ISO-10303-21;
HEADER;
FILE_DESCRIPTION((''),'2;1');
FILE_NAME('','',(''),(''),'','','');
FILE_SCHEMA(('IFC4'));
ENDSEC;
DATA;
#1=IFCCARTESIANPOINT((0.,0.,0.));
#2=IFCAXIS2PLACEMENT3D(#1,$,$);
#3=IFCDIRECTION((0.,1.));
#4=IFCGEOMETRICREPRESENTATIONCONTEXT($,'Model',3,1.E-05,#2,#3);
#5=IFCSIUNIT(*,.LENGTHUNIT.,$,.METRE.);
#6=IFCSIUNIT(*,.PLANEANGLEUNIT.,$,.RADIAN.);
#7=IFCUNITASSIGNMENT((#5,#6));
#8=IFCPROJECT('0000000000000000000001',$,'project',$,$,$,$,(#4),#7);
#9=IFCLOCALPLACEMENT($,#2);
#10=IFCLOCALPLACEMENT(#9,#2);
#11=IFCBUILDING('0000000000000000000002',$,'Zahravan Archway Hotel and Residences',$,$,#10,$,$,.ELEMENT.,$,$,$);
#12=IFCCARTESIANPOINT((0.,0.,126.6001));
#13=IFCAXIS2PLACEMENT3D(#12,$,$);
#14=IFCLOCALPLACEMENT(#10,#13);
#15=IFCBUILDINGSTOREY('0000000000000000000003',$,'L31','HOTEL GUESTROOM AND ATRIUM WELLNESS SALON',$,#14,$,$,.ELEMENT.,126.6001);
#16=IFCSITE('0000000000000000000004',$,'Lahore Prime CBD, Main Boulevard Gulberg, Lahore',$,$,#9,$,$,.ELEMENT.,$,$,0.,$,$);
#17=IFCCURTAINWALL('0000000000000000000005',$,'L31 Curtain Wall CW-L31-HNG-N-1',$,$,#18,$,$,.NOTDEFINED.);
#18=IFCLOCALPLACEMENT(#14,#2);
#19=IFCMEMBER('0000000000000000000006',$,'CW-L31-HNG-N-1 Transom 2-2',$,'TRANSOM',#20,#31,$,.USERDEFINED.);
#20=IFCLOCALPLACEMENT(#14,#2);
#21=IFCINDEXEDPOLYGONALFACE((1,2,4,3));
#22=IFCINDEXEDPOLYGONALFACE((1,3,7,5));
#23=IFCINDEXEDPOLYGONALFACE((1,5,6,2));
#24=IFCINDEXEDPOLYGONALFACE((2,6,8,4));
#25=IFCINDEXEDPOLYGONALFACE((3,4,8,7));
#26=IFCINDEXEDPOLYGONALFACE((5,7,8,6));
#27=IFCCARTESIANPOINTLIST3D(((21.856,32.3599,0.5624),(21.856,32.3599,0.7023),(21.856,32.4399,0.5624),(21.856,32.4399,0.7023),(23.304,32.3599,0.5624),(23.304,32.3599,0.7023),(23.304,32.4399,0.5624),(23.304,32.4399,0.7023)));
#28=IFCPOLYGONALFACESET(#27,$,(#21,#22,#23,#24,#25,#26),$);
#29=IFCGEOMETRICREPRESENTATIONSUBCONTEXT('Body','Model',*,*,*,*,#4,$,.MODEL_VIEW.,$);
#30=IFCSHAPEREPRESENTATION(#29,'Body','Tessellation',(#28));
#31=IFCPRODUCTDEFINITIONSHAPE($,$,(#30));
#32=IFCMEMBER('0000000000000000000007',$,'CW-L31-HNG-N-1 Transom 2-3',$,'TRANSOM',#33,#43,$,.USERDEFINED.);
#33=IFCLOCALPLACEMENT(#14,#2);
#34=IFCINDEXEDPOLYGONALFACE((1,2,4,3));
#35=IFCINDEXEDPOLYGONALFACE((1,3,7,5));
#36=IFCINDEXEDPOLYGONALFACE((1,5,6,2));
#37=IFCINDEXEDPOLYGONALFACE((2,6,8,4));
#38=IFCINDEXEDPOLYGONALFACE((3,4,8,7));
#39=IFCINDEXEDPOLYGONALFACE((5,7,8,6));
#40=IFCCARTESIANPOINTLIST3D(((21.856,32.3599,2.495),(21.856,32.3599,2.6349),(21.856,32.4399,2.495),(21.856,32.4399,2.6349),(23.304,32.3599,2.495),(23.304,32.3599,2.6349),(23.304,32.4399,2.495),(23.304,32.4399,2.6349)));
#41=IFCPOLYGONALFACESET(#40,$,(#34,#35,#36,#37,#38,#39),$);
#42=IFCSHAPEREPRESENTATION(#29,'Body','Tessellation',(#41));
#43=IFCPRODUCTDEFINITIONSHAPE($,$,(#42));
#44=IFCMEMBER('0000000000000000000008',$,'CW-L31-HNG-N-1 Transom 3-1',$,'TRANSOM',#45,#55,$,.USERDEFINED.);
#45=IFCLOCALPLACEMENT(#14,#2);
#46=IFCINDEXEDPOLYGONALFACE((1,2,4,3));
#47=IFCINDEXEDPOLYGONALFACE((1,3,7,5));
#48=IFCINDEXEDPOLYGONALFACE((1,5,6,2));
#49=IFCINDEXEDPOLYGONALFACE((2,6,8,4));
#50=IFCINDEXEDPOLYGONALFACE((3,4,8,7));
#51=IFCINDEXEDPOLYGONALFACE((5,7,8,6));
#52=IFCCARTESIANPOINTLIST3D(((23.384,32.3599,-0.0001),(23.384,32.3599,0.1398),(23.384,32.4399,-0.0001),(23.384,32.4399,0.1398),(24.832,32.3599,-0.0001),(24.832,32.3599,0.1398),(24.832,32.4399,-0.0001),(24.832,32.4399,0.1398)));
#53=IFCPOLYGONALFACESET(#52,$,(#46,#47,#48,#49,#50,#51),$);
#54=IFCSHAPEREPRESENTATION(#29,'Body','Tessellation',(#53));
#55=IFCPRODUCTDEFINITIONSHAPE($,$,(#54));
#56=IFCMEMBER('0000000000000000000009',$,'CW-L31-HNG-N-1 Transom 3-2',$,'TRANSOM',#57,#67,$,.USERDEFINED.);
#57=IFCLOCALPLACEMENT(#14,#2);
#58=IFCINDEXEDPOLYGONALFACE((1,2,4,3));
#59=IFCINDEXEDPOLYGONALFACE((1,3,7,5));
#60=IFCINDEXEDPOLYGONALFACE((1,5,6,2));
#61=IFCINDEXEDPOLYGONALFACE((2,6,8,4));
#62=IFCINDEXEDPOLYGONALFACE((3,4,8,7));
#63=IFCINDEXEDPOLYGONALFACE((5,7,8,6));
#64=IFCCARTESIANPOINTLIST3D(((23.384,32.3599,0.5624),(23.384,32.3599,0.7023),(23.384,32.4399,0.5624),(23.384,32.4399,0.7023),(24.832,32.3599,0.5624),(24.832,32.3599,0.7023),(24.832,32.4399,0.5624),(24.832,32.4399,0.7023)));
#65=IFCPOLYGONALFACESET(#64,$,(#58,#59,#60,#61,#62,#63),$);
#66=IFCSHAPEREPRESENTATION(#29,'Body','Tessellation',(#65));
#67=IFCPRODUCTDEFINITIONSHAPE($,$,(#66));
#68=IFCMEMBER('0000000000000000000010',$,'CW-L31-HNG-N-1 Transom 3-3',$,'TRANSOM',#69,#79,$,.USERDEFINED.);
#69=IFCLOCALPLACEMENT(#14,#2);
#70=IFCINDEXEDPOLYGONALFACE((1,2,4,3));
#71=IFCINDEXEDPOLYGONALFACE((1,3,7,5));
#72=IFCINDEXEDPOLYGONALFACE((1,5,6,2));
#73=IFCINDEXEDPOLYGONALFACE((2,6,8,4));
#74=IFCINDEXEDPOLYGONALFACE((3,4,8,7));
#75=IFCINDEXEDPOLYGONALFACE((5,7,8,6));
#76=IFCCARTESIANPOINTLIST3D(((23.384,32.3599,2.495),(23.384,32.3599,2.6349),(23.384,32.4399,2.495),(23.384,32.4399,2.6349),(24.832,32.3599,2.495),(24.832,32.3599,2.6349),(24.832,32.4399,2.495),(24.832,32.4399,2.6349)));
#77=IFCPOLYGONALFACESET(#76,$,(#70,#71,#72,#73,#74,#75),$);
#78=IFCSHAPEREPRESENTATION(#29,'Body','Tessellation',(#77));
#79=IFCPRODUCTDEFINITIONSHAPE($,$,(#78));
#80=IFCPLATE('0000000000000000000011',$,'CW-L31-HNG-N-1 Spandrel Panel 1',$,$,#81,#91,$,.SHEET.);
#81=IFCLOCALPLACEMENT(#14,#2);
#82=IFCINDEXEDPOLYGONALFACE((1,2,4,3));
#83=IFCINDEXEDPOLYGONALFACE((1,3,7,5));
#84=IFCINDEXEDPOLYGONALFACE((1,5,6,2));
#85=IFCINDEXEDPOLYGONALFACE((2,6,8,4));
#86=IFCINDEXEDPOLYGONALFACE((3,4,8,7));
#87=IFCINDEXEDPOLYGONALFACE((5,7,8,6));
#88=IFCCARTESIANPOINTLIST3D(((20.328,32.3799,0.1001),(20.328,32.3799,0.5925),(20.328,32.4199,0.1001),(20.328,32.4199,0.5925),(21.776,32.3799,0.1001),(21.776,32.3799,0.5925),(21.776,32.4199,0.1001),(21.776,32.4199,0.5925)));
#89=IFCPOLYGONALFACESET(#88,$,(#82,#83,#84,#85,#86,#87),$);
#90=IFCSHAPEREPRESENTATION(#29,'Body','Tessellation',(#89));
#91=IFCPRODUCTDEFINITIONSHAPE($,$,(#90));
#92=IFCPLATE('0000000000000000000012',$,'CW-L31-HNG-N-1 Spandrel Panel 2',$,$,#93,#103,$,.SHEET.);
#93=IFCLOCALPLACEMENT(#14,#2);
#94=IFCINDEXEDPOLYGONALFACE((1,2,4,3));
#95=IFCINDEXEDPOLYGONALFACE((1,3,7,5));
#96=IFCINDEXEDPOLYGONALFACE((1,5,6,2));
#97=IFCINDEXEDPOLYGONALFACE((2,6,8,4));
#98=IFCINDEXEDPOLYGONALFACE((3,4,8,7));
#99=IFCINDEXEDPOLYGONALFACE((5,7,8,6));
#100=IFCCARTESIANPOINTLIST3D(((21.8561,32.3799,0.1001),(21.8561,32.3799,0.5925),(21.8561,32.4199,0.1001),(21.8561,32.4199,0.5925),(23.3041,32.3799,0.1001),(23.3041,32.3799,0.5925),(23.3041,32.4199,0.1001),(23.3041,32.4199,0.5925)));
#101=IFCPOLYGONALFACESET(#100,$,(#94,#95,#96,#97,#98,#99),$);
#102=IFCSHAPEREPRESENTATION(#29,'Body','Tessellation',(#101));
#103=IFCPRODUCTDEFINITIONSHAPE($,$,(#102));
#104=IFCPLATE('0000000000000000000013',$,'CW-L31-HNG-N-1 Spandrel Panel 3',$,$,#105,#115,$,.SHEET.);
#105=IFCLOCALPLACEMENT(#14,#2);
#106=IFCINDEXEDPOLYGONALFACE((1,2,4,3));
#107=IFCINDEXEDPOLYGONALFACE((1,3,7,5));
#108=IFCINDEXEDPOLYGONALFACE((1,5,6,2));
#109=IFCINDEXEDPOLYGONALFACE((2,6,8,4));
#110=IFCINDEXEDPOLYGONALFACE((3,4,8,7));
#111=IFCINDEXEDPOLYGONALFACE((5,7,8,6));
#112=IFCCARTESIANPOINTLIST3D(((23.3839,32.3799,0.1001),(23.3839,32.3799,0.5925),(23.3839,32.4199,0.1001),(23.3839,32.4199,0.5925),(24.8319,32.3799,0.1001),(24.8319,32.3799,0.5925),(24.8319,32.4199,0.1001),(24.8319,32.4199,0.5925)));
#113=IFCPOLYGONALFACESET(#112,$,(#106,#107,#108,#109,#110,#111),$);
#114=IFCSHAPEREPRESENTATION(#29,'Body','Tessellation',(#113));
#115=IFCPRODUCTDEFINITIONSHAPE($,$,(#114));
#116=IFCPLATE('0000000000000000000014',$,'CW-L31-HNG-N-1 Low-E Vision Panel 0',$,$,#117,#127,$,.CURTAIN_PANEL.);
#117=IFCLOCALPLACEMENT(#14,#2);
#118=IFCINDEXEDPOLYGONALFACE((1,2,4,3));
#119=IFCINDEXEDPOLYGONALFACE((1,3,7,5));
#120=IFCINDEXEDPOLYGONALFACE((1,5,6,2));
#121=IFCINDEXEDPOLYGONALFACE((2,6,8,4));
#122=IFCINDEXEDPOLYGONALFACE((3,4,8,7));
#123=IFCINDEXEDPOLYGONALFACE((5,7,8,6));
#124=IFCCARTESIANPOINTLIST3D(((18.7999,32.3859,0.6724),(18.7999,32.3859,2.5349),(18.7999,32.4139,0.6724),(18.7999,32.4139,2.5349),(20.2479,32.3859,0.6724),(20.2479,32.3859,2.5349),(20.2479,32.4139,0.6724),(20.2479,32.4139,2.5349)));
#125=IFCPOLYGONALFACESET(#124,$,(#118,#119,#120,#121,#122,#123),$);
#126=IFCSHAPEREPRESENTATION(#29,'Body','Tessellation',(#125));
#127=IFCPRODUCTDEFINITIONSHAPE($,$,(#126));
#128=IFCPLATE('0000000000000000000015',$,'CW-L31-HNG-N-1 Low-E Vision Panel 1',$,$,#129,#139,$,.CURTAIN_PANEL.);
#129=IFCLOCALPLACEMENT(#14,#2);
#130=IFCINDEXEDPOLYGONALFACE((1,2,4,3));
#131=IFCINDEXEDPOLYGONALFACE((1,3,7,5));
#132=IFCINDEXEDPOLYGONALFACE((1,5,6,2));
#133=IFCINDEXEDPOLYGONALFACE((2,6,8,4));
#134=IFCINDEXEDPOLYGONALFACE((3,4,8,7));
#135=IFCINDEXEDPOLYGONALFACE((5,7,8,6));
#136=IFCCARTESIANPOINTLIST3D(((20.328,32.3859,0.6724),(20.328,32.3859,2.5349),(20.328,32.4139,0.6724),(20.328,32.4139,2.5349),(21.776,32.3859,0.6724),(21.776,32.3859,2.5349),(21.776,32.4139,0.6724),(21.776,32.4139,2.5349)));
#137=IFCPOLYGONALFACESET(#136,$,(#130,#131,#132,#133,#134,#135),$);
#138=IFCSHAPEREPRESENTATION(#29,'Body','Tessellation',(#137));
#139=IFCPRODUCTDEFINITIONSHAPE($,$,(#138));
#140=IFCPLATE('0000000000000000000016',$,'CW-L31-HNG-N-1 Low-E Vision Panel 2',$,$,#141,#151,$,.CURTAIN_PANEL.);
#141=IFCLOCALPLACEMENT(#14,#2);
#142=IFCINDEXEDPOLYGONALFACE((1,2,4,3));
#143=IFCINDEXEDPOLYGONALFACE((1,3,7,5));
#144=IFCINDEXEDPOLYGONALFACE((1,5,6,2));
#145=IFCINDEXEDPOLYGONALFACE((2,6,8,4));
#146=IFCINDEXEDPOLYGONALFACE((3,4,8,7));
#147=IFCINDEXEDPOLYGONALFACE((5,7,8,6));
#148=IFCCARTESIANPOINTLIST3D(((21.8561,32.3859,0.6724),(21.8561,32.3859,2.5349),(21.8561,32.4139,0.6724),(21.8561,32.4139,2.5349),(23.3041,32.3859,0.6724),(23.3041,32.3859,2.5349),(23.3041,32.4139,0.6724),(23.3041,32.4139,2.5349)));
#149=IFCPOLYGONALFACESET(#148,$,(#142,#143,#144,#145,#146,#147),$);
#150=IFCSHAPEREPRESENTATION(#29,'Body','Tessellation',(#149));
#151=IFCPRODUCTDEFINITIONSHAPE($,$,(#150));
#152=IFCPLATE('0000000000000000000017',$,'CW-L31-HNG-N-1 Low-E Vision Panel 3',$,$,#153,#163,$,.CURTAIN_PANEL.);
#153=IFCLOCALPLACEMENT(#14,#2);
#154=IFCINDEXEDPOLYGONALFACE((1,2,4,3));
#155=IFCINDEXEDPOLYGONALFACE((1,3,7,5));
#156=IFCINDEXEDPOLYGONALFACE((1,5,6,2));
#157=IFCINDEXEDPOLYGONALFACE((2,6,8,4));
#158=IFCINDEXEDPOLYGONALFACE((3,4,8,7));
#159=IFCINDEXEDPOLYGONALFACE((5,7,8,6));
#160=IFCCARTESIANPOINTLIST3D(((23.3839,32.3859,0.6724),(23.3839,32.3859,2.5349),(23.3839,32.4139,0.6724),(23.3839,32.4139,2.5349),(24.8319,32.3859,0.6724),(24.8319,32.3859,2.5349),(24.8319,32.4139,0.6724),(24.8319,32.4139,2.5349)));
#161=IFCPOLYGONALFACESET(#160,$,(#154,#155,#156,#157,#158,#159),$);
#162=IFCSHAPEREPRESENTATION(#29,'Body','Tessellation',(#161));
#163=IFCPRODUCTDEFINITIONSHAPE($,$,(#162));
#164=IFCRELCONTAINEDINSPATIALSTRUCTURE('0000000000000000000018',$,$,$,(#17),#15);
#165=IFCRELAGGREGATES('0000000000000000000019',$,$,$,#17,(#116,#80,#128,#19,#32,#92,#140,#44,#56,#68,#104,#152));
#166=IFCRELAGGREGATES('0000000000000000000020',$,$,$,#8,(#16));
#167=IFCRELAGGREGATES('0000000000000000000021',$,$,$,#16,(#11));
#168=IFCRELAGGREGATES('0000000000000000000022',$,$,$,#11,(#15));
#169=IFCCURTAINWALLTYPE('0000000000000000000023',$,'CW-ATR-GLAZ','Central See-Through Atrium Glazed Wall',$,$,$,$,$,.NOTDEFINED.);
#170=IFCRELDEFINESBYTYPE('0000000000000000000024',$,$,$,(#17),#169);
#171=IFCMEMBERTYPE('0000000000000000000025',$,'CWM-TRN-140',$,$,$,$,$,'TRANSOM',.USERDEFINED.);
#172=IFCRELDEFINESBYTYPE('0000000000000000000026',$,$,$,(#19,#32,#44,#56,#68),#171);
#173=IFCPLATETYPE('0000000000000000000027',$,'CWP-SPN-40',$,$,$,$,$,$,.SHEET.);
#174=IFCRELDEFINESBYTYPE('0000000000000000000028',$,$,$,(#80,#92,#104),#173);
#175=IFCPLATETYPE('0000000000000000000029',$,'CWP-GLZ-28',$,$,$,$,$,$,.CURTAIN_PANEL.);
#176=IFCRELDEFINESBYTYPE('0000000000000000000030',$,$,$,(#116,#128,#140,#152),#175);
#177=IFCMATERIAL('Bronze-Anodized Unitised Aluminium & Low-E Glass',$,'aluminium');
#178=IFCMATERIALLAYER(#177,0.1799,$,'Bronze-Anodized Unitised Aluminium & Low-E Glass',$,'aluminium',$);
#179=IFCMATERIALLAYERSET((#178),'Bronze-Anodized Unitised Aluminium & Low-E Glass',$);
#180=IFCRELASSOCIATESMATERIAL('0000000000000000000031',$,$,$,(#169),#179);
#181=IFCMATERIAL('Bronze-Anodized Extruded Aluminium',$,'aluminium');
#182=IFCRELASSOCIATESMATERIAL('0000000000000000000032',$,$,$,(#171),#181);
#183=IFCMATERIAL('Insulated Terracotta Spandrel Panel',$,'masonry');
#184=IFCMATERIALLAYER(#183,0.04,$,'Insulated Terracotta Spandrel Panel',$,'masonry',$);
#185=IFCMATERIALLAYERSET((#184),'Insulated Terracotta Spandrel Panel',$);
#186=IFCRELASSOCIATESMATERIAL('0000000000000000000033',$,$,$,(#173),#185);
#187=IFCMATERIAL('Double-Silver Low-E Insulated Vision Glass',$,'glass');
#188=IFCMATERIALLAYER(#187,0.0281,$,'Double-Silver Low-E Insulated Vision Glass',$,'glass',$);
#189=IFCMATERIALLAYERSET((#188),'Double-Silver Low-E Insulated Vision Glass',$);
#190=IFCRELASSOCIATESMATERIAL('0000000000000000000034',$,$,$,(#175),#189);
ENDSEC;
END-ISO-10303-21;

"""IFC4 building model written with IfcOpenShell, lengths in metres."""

from ifc_helpers import new_model, si_unit, direction, frame, origin, origin_2d, place, context, subcontext, project, spatial, rectangle, extrude, source, transform, mapped, material, layer, layer_set, material_profile, profile_set, type_object, element, aggregate, save


model = new_model("IFC4")

# Units and contexts
model_context = context("Model", 3, precision=1e-05, world=origin(), true_north=direction((0.0, 1.0)))
body_context = subcontext(model_context, "Body", "Model", "MODEL_VIEW")
ifc_project = project(units=[si_unit("LENGTHUNIT", "METRE"), si_unit("PLANEANGLEUNIT", "RADIAN")], contexts=[model_context])

# Site, building, storey
site_placement = place(None, origin())
site = spatial("IfcSite", under=ifc_project, at=site_placement, Name="Lahore Prime CBD, Main Boulevard Gulberg, Lahore", CompositionType="ELEMENT", RefElevation=0.0)
building_placement = place(site_placement, origin())
building = spatial("IfcBuilding", under=site, at=building_placement, Name="Zahravan Archway Hotel and Residences", CompositionType="ELEMENT")
storey_placement = place(building_placement, frame((0.0, 0.0, 126.6001)))
storey = spatial("IfcBuildingStorey", under=building, at=storey_placement, Name="L31", Description="HOTEL GUESTROOM AND ATRIUM WELLNESS SALON", CompositionType="ELEMENT", Elevation=126.6001)

# Curtain wall, members, plates
ifc_material_1 = material(Name="Bronze-Anodized Unitised Aluminium & Low-E Glass", Category="aluminium")
ifc_layer_1 = layer(ifc_material_1, 0.1799, Name="Bronze-Anodized Unitised Aluminium & Low-E Glass", Category="aluminium")
ifc_layer_set_1 = layer_set([ifc_layer_1], Name="Bronze-Anodized Unitised Aluminium & Low-E Glass")
curtain_wall_type = type_object("IfcCurtainWallType", Name="CW-ATR-GLAZ", Description="Central See-Through Atrium Glazed Wall", PredefinedType="NOTDEFINED", material=ifc_layer_set_1)
curtain_wall_placement = place(storey_placement, origin())
curtain_wall = element("IfcCurtainWall", 1, at=curtain_wall_placement, inside=storey, type_object=curtain_wall_type, Name="L31 Curtain Wall CW-L31-HNG-N-1", PredefinedType="NOTDEFINED")
ifc_material_2 = material(Name="Bronze-Anodized Extruded Aluminium", Category="aluminium")
ifc_material_profile_1 = material_profile(ifc_material_2, rectangle(XDim=0.0801, YDim=0.1399, at=origin_2d()), Name="TRN 80x140", Category="aluminium")
ifc_profile_set_1 = profile_set([ifc_material_profile_1], Name="Bronze-Anodized Extruded Aluminium")
member_type_1 = type_object("IfcMemberType", Name="CWM-TRN-140", ElementType="TRANSOM", PredefinedType="USERDEFINED", material=ifc_profile_set_1)
shared_shape_1 = source(origin(), body_context, "Body", "SweptSolid", [
    extrude(rectangle(XDim=0.0801, YDim=0.1399, at=origin_2d()), origin(), (0.0, 0.0, 1.0), 1.448),
])
member_1_placement = place(storey_placement, frame((21.856, 32.3999, 0.6323), z_axis=(1.0, 0.0, 0.0), x_axis=(0.0, 1.0, 0.0)))
member_1 = element("IfcMember", 2, at=member_1_placement, type_object=member_type_1, Name="CW-L31-HNG-N-1 Transom 2-2", ObjectType="TRANSOM", PredefinedType="USERDEFINED", context=body_context, shape_type="MappedRepresentation", body=[
    mapped(shared_shape_1, transform((0.0, 0.0, 0.0), scale=1.0)),
])
member_2_placement = place(storey_placement, frame((21.856, 32.3999, 2.5649), z_axis=(1.0, 0.0, 0.0), x_axis=(0.0, 1.0, 0.0)))
member_2 = element("IfcMember", 3, at=member_2_placement, type_object=member_type_1, Name="CW-L31-HNG-N-1 Transom 2-3", ObjectType="TRANSOM", PredefinedType="USERDEFINED", context=body_context, shape_type="MappedRepresentation", body=[
    mapped(shared_shape_1, transform((0.0, 0.0, 0.0), scale=1.0)),
])
member_3_placement = place(storey_placement, frame((23.384, 32.3999, 0.0698), z_axis=(1.0, 0.0, 0.0), x_axis=(0.0, 1.0, 0.0)))
member_3 = element("IfcMember", 4, at=member_3_placement, type_object=member_type_1, Name="CW-L31-HNG-N-1 Transom 3-1", ObjectType="TRANSOM", PredefinedType="USERDEFINED", context=body_context, shape_type="MappedRepresentation", body=[
    mapped(shared_shape_1, transform((0.0, 0.0, 0.0), scale=1.0)),
])
member_4_placement = place(storey_placement, frame((23.384, 32.3999, 0.6323), z_axis=(1.0, 0.0, 0.0), x_axis=(0.0, 1.0, 0.0)))
member_4 = element("IfcMember", 5, at=member_4_placement, type_object=member_type_1, Name="CW-L31-HNG-N-1 Transom 3-2", ObjectType="TRANSOM", PredefinedType="USERDEFINED", context=body_context, shape_type="MappedRepresentation", body=[
    mapped(shared_shape_1, transform((0.0, 0.0, 0.0), scale=1.0)),
])
member_5_placement = place(storey_placement, frame((23.384, 32.3999, 2.5649), z_axis=(1.0, 0.0, 0.0), x_axis=(0.0, 1.0, 0.0)))
member_5 = element("IfcMember", 6, at=member_5_placement, type_object=member_type_1, Name="CW-L31-HNG-N-1 Transom 3-3", ObjectType="TRANSOM", PredefinedType="USERDEFINED", context=body_context, shape_type="MappedRepresentation", body=[
    mapped(shared_shape_1, transform((0.0, 0.0, 0.0), scale=1.0)),
])
ifc_material_3 = material(Name="Insulated Terracotta Spandrel Panel", Category="masonry")
ifc_layer_2 = layer(ifc_material_3, 0.04, Name="Insulated Terracotta Spandrel Panel", Category="masonry")
ifc_layer_set_2 = layer_set([ifc_layer_2], Name="Insulated Terracotta Spandrel Panel")
plate_type_1 = type_object("IfcPlateType", Name="CWP-SPN-40", PredefinedType="SHEET", material=ifc_layer_set_2)
shared_shape_2 = source(origin(), body_context, "Body", "SweptSolid", [
    extrude(rectangle(XDim=1.448, YDim=0.04, at=origin_2d()), origin(), (0.0, 0.0, 1.0), 0.4924),
])
plate_1_placement = place(storey_placement, frame((21.052, 32.3999, 0.1001), z_axis=(0.0, 0.0, 1.0), x_axis=(1.0, 0.0, 0.0)))
plate_1 = element("IfcPlate", 7, at=plate_1_placement, type_object=plate_type_1, Name="CW-L31-HNG-N-1 Spandrel Panel 1", PredefinedType="SHEET", context=body_context, shape_type="MappedRepresentation", body=[
    mapped(shared_shape_2, transform((0.0, 0.0, 0.0), scale=1.0)),
])
plate_2_placement = place(storey_placement, frame((22.5801, 32.3999, 0.1001), z_axis=(0.0, 0.0, 1.0), x_axis=(1.0, 0.0, 0.0)))
plate_2 = element("IfcPlate", 8, at=plate_2_placement, type_object=plate_type_1, Name="CW-L31-HNG-N-1 Spandrel Panel 2", PredefinedType="SHEET", context=body_context, shape_type="MappedRepresentation", body=[
    mapped(shared_shape_2, transform((0.0, 0.0, 0.0), scale=1.0)),
])
plate_3_placement = place(storey_placement, frame((24.1079, 32.3999, 0.1001), z_axis=(0.0, 0.0, 1.0), x_axis=(1.0, 0.0, 0.0)))
plate_3 = element("IfcPlate", 9, at=plate_3_placement, type_object=plate_type_1, Name="CW-L31-HNG-N-1 Spandrel Panel 3", PredefinedType="SHEET", context=body_context, shape_type="MappedRepresentation", body=[
    mapped(shared_shape_2, transform((0.0, 0.0, 0.0), scale=1.0)),
])
ifc_material_4 = material(Name="Double-Silver Low-E Insulated Vision Glass", Category="glass")
ifc_layer_3 = layer(ifc_material_4, 0.0281, Name="Double-Silver Low-E Insulated Vision Glass", Category="glass")
ifc_layer_set_3 = layer_set([ifc_layer_3], Name="Double-Silver Low-E Insulated Vision Glass")
plate_type_2 = type_object("IfcPlateType", Name="CWP-GLZ-28", PredefinedType="CURTAIN_PANEL", material=ifc_layer_set_3)
shared_shape_3 = source(origin(), body_context, "Body", "SweptSolid", [
    extrude(rectangle(XDim=1.448, YDim=0.0281, at=origin_2d()), origin(), (0.0, 0.0, 1.0), 1.8625),
])
plate_4_placement = place(storey_placement, frame((19.5239, 32.3999, 0.6724), z_axis=(0.0, 0.0, 1.0), x_axis=(1.0, 0.0, 0.0)))
plate_4 = element("IfcPlate", 10, at=plate_4_placement, type_object=plate_type_2, Name="CW-L31-HNG-N-1 Low-E Vision Panel 0", PredefinedType="CURTAIN_PANEL", context=body_context, shape_type="MappedRepresentation", body=[
    mapped(shared_shape_3, transform((0.0, 0.0, 0.0), scale=1.0)),
])
plate_5_placement = place(storey_placement, frame((21.052, 32.3999, 0.6724), z_axis=(0.0, 0.0, 1.0), x_axis=(1.0, 0.0, 0.0)))
plate_5 = element("IfcPlate", 11, at=plate_5_placement, type_object=plate_type_2, Name="CW-L31-HNG-N-1 Low-E Vision Panel 1", PredefinedType="CURTAIN_PANEL", context=body_context, shape_type="MappedRepresentation", body=[
    mapped(shared_shape_3, transform((0.0, 0.0, 0.0), scale=1.0)),
])
plate_6_placement = place(storey_placement, frame((22.5801, 32.3999, 0.6724), z_axis=(0.0, 0.0, 1.0), x_axis=(1.0, 0.0, 0.0)))
plate_6 = element("IfcPlate", 12, at=plate_6_placement, type_object=plate_type_2, Name="CW-L31-HNG-N-1 Low-E Vision Panel 2", PredefinedType="CURTAIN_PANEL", context=body_context, shape_type="MappedRepresentation", body=[
    mapped(shared_shape_3, transform((0.0, 0.0, 0.0), scale=1.0)),
])
plate_7_placement = place(storey_placement, frame((24.1079, 32.3999, 0.6724), z_axis=(0.0, 0.0, 1.0), x_axis=(1.0, 0.0, 0.0)))
plate_7 = element("IfcPlate", 13, at=plate_7_placement, type_object=plate_type_2, Name="CW-L31-HNG-N-1 Low-E Vision Panel 3", PredefinedType="CURTAIN_PANEL", context=body_context, shape_type="MappedRepresentation", body=[
    mapped(shared_shape_3, transform((0.0, 0.0, 0.0), scale=1.0)),
])
aggregate(curtain_wall, [plate_4, plate_1, plate_5, member_1, member_2, plate_2, plate_6, member_3, member_4, member_5, plate_3, plate_7])

save(model, "model.ifc")
